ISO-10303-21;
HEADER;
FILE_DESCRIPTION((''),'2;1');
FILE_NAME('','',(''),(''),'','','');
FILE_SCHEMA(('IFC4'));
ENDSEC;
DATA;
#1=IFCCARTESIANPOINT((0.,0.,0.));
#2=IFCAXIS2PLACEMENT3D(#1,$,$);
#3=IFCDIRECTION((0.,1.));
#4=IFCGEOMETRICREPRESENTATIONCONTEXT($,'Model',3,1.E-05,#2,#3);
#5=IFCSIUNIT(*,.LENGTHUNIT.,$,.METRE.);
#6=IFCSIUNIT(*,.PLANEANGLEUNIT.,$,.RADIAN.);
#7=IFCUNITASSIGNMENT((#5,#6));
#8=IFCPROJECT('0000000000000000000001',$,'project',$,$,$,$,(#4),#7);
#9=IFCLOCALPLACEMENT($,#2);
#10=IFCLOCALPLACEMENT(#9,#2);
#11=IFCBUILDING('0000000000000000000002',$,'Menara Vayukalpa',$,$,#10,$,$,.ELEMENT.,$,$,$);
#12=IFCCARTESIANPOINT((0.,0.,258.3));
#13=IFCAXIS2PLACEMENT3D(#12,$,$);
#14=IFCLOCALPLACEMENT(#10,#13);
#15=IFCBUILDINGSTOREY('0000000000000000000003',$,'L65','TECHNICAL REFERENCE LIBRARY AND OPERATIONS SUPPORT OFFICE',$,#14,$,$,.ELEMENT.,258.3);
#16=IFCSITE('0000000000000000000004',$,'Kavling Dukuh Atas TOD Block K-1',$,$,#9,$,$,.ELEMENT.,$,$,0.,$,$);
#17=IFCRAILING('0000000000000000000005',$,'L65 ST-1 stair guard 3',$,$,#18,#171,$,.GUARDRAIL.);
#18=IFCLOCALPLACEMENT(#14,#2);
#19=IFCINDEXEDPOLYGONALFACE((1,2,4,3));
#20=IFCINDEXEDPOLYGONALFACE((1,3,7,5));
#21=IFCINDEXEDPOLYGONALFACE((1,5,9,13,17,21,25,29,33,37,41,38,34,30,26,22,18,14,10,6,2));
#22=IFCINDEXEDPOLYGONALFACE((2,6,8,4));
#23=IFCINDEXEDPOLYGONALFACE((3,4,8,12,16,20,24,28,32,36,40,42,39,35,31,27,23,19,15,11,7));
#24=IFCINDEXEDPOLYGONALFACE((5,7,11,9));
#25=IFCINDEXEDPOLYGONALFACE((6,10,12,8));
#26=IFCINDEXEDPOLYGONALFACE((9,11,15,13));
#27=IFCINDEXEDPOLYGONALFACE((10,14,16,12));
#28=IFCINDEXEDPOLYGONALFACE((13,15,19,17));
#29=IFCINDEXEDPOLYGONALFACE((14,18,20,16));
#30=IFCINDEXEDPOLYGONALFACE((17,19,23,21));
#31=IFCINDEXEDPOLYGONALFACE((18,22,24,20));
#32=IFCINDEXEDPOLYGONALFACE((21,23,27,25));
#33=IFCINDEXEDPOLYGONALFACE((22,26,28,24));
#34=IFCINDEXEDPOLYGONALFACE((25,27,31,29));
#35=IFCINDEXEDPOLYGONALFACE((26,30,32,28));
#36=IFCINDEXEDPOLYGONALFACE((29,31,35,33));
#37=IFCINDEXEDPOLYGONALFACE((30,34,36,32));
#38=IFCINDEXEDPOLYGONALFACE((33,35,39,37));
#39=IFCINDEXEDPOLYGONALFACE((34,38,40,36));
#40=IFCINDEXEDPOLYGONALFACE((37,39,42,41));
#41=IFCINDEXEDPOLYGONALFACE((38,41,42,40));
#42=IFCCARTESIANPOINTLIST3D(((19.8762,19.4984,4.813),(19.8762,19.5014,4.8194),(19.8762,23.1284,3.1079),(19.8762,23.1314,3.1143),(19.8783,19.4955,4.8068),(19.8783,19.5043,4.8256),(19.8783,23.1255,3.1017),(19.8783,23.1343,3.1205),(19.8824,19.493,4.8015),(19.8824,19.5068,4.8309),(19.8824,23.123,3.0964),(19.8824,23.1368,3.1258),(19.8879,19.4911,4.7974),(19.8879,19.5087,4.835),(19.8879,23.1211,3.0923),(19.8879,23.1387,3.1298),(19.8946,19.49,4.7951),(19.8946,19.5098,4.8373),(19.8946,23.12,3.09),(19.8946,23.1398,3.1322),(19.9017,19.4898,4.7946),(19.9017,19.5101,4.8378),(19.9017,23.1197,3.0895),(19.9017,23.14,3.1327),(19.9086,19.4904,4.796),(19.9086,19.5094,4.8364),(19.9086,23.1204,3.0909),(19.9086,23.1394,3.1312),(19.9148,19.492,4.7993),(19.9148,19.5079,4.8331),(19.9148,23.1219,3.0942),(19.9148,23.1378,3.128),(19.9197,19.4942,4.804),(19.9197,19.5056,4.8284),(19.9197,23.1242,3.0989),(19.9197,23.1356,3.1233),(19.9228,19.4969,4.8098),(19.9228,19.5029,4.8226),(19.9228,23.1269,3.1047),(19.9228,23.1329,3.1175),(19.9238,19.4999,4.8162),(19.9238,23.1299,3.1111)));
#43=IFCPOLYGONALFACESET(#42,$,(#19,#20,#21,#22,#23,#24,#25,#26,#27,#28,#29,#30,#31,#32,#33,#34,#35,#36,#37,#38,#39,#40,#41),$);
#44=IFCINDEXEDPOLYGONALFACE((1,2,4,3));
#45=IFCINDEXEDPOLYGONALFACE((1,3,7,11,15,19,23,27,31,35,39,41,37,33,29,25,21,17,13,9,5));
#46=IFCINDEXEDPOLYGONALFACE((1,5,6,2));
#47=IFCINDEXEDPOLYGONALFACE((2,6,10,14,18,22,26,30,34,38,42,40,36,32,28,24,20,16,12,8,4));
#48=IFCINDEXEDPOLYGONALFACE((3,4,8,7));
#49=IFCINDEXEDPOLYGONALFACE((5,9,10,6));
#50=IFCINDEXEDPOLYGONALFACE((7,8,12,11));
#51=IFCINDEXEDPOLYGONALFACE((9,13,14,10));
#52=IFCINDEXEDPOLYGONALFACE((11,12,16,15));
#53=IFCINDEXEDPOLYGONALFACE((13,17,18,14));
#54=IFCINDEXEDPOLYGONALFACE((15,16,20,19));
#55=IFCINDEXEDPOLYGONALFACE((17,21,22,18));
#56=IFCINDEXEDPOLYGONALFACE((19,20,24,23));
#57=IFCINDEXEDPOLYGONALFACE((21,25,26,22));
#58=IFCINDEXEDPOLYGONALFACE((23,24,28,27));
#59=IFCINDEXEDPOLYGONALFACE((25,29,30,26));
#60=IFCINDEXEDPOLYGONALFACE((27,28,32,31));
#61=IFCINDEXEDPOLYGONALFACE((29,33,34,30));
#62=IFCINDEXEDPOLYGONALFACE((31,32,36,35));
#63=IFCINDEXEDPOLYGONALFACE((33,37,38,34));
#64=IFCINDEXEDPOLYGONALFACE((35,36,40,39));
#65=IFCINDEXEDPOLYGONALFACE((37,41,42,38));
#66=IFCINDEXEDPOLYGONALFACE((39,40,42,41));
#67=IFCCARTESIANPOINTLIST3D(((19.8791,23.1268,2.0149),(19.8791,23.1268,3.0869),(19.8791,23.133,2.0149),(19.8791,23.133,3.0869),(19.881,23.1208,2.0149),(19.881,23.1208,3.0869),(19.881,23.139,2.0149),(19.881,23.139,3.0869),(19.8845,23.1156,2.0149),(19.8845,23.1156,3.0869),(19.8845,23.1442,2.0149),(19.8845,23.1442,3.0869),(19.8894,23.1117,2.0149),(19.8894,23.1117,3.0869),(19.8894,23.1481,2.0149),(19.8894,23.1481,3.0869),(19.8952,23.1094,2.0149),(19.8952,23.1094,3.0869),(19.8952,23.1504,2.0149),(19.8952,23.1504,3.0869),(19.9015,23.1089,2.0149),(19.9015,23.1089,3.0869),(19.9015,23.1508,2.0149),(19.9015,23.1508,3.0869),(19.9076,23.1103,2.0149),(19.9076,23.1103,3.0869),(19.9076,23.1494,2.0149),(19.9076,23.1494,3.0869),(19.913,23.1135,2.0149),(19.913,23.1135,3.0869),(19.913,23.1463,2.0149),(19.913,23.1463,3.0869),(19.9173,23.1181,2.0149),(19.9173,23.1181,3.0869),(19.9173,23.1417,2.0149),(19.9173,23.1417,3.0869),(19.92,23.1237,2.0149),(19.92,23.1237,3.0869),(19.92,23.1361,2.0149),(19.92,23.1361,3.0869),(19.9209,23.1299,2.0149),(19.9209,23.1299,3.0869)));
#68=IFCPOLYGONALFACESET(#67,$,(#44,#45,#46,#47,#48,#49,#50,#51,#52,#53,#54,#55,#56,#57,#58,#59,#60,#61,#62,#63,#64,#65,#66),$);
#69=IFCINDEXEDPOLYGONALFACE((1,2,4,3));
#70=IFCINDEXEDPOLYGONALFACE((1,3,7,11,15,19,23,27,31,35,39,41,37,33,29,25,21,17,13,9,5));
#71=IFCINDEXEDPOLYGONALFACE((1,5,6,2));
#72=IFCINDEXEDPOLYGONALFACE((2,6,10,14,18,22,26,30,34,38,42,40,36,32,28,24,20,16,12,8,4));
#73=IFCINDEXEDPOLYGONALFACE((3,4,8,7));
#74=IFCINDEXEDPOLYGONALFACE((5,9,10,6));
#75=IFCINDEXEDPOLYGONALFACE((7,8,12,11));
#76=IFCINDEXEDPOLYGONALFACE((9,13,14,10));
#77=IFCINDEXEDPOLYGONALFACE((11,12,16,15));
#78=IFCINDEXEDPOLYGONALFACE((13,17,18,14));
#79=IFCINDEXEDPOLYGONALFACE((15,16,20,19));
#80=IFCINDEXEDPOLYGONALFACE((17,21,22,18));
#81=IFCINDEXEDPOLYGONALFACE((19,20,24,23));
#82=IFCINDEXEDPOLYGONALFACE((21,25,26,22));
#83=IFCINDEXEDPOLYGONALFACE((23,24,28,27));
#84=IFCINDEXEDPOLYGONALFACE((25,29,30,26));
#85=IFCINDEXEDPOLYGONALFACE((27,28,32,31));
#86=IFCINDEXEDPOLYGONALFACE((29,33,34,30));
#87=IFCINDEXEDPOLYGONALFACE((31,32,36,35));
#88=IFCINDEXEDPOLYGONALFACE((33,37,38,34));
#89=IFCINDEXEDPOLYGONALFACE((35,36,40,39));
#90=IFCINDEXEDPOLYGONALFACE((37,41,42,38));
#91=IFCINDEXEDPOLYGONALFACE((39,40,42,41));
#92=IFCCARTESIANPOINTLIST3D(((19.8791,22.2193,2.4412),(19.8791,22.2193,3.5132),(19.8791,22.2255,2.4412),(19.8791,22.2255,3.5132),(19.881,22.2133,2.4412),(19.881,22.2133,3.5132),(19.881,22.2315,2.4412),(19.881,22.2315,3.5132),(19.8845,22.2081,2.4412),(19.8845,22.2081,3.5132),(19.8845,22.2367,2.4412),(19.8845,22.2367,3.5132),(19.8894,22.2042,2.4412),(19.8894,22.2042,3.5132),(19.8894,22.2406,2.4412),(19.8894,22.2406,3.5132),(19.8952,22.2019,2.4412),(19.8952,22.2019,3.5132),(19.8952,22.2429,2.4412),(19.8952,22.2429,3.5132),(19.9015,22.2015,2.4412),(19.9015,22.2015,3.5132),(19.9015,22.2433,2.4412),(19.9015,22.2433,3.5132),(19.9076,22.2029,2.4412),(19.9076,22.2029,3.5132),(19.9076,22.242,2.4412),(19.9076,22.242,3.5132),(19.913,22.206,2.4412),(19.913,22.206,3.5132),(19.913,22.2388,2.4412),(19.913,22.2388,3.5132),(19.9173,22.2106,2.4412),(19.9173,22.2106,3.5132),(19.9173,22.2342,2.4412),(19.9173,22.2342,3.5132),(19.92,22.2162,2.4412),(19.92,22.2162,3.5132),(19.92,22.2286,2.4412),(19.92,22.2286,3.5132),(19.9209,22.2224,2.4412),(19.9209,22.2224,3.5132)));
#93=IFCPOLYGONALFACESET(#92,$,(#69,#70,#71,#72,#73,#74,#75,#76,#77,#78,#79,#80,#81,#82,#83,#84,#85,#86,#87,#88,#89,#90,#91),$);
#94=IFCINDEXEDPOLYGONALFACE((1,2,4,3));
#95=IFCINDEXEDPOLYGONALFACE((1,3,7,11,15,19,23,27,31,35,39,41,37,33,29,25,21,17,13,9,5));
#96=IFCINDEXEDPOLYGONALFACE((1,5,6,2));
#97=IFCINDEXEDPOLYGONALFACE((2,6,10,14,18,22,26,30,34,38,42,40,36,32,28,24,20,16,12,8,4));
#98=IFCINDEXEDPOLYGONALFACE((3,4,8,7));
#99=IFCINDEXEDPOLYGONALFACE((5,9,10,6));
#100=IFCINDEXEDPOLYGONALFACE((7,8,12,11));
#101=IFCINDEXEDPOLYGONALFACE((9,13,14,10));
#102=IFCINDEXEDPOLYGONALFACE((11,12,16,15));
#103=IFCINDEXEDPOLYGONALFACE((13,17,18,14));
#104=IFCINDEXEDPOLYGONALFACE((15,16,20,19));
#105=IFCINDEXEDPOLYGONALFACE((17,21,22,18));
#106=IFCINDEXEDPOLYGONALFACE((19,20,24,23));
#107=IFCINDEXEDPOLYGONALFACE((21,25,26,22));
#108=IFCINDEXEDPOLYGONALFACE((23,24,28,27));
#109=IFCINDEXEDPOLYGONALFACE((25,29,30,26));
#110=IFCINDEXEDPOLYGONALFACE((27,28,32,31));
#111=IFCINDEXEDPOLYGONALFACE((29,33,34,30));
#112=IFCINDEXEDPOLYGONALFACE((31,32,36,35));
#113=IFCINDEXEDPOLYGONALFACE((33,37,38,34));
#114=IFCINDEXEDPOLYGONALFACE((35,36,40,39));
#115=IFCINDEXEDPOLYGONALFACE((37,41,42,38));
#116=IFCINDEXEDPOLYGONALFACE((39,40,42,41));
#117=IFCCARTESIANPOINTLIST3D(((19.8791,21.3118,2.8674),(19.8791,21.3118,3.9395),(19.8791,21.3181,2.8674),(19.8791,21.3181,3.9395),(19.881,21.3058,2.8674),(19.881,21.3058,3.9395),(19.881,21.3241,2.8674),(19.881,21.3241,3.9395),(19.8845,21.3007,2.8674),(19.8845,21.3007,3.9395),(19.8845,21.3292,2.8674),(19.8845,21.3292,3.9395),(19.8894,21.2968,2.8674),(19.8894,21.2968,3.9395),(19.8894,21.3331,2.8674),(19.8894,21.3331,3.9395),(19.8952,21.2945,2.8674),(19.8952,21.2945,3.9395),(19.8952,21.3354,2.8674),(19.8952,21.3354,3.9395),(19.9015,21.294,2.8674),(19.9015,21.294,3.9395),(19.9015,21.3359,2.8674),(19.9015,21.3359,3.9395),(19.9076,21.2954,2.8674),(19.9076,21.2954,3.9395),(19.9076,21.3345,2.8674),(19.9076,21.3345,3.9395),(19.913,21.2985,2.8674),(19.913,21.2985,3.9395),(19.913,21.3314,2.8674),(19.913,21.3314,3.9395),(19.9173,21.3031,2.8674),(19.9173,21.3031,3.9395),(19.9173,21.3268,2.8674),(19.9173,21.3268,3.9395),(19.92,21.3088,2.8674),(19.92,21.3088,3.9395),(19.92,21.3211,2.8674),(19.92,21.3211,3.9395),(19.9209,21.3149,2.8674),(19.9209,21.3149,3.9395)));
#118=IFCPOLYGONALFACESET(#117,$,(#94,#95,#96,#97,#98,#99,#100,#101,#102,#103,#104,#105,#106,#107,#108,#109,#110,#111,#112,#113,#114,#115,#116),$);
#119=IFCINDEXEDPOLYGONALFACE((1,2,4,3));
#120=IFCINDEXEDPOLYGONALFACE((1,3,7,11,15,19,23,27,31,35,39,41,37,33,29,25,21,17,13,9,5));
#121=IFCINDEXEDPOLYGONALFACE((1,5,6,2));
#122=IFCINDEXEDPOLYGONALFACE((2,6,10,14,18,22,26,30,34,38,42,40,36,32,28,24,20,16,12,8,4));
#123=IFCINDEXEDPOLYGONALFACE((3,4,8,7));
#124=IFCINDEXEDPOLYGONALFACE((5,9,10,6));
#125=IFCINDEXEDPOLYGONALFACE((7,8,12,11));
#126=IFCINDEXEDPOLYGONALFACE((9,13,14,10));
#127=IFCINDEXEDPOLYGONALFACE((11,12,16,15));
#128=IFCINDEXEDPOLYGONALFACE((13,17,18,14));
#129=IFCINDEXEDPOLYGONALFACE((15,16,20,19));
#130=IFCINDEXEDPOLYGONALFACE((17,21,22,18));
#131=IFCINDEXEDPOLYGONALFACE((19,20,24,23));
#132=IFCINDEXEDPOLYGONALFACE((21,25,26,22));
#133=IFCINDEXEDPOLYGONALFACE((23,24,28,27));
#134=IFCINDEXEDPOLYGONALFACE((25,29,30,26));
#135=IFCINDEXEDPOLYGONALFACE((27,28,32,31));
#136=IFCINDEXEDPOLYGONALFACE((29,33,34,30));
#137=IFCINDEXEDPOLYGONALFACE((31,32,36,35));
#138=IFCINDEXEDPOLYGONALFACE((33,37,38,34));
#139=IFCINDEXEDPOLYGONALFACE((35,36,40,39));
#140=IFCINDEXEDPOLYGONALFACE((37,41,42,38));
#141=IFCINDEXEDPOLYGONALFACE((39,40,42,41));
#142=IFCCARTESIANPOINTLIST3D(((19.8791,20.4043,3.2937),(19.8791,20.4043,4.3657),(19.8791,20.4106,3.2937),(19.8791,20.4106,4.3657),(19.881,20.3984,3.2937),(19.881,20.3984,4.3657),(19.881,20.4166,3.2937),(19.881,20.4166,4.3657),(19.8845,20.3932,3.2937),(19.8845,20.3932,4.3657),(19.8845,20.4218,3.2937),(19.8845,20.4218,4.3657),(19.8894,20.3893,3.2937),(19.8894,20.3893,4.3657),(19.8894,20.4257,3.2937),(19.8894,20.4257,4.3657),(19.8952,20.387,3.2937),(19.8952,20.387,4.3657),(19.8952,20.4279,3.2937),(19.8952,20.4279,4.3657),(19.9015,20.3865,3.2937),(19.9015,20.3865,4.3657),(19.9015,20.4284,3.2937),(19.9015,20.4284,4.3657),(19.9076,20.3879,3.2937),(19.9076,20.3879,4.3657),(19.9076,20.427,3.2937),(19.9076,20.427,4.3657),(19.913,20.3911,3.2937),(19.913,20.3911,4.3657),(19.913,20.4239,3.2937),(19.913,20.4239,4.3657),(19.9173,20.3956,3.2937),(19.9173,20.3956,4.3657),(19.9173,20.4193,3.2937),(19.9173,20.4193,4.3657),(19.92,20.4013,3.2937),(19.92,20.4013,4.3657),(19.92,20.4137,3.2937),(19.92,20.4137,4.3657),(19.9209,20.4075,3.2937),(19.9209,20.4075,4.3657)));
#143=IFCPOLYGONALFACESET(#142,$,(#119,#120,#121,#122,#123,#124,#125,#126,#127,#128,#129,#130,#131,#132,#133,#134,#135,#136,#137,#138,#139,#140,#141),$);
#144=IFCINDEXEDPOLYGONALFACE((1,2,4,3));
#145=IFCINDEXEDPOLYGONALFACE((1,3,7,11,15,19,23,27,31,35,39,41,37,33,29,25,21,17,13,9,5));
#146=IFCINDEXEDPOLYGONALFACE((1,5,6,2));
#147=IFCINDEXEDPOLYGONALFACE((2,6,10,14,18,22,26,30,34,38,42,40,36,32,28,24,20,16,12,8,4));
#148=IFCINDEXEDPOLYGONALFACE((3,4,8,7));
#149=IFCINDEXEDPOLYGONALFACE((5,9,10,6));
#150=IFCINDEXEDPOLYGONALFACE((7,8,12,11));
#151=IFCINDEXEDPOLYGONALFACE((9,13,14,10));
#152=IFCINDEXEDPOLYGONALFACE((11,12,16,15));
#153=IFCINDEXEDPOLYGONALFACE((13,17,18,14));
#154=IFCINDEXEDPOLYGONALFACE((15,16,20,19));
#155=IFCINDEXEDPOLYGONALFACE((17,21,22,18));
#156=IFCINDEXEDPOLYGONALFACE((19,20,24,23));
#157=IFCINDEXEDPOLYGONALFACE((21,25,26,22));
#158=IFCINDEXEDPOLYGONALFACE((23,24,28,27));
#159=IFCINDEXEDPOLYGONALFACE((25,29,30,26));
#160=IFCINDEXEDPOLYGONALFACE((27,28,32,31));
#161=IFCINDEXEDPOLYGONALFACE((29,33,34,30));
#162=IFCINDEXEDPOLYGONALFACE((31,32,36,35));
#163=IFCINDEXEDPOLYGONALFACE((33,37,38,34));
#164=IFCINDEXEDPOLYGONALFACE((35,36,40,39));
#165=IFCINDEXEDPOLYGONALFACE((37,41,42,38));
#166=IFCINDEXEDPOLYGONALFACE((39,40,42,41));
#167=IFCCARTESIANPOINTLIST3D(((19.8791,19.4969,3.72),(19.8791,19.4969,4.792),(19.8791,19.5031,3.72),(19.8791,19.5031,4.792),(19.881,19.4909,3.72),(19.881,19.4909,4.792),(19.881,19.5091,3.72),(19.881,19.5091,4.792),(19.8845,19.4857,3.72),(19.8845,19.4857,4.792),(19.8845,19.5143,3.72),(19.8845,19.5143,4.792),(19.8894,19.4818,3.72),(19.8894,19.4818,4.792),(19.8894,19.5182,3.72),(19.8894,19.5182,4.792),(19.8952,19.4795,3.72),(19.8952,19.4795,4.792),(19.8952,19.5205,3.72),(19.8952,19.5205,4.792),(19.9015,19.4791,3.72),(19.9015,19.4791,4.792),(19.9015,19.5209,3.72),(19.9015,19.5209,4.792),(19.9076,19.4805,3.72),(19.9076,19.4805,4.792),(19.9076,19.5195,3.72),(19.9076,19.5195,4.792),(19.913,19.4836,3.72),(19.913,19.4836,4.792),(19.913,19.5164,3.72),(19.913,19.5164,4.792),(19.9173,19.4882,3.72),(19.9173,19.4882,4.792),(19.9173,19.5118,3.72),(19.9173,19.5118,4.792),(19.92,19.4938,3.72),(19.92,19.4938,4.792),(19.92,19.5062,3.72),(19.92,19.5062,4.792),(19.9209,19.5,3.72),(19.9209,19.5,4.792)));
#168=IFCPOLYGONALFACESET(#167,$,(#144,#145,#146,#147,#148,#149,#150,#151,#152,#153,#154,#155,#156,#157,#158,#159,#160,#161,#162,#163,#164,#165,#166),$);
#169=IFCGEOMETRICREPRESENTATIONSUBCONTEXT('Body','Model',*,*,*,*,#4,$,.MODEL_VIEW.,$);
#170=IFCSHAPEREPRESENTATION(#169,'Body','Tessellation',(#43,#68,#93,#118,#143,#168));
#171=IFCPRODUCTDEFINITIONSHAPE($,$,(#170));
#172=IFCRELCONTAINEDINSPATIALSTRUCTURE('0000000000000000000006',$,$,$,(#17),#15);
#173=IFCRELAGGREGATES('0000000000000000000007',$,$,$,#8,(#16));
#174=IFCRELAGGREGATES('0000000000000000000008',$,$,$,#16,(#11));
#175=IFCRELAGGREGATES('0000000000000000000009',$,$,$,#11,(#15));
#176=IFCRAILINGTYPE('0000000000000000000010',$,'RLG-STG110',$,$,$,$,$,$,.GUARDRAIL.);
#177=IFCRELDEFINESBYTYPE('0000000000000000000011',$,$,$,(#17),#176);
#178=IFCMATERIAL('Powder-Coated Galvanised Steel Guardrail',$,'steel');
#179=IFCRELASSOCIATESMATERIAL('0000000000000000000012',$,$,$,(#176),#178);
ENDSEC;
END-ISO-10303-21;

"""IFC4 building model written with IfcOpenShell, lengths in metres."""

from ifc_helpers import new_model, si_unit, direction, frame, origin, origin_2d, place, context, subcontext, project, spatial, circle, extrude, material, type_object, element, save


model = new_model("IFC4")

# Units and contexts
model_context = context("Model", 3, precision=1e-05, world=origin(), true_north=direction((0.0, 1.0)))
body_context = subcontext(model_context, "Body", "Model", "MODEL_VIEW")
ifc_project = project(units=[si_unit("LENGTHUNIT", "METRE"), si_unit("PLANEANGLEUNIT", "RADIAN")], contexts=[model_context])

# Site, building, storey
site_placement = place(None, origin())
site = spatial("IfcSite", under=ifc_project, at=site_placement, Name="Kavling Dukuh Atas TOD Block K-1", CompositionType="ELEMENT", RefElevation=0.0)
building_placement = place(site_placement, origin())
building = spatial("IfcBuilding", under=site, at=building_placement, Name="Menara Vayukalpa", CompositionType="ELEMENT")
storey_placement = place(building_placement, frame((0.0, 0.0, 258.3)))
storey = spatial("IfcBuildingStorey", under=building, at=storey_placement, Name="L65", Description="TECHNICAL REFERENCE LIBRARY AND OPERATIONS SUPPORT OFFICE", CompositionType="ELEMENT", Elevation=258.3)

# Railing
ifc_material_1 = material(Name="Powder-Coated Galvanised Steel Guardrail", Category="steel")
railing_type_1 = type_object("IfcRailingType", Name="RLG-STG110", PredefinedType="GUARDRAIL", material=ifc_material_1)
railing_1_placement = place(storey_placement, frame((19.8999, 23.1299, 2.0149)))
element("IfcRailing", 1, at=railing_1_placement, inside=storey, type_object=railing_type_1, Name="L65 ST-1 stair guard 3", PredefinedType="GUARDRAIL", context=body_context, shape_type="SweptSolid", body=[
    extrude(circle(Radius=0.0239, at=origin_2d()), frame((0.0, 0.0, 1.0962), z_axis=(0.0, -0.905116, 0.425164), x_axis=(1.0, 0.0, 0.0)), (0.0, 0.0, 1.0), 4.0105),
    extrude(circle(Radius=0.021, at=origin_2d()), origin(), (0.0, 0.0, 1.0), 1.072),
    extrude(circle(Radius=0.021, at=origin_2d()), frame((0.0, -0.9075, 0.4263)), (0.0, 0.0, 1.0), 1.072),
    extrude(circle(Radius=0.021, at=origin_2d()), frame((0.0, -1.8149, 0.8525)), (0.0, 0.0, 1.0), 1.072),
    extrude(circle(Radius=0.021, at=origin_2d()), frame((0.0, -2.7224, 1.2788)), (0.0, 0.0, 1.0), 1.072),
    extrude(circle(Radius=0.021, at=origin_2d()), frame((0.0, -3.6299, 1.7051)), (0.0, 0.0, 1.0), 1.072),
])

save(model, "model.ifc")
